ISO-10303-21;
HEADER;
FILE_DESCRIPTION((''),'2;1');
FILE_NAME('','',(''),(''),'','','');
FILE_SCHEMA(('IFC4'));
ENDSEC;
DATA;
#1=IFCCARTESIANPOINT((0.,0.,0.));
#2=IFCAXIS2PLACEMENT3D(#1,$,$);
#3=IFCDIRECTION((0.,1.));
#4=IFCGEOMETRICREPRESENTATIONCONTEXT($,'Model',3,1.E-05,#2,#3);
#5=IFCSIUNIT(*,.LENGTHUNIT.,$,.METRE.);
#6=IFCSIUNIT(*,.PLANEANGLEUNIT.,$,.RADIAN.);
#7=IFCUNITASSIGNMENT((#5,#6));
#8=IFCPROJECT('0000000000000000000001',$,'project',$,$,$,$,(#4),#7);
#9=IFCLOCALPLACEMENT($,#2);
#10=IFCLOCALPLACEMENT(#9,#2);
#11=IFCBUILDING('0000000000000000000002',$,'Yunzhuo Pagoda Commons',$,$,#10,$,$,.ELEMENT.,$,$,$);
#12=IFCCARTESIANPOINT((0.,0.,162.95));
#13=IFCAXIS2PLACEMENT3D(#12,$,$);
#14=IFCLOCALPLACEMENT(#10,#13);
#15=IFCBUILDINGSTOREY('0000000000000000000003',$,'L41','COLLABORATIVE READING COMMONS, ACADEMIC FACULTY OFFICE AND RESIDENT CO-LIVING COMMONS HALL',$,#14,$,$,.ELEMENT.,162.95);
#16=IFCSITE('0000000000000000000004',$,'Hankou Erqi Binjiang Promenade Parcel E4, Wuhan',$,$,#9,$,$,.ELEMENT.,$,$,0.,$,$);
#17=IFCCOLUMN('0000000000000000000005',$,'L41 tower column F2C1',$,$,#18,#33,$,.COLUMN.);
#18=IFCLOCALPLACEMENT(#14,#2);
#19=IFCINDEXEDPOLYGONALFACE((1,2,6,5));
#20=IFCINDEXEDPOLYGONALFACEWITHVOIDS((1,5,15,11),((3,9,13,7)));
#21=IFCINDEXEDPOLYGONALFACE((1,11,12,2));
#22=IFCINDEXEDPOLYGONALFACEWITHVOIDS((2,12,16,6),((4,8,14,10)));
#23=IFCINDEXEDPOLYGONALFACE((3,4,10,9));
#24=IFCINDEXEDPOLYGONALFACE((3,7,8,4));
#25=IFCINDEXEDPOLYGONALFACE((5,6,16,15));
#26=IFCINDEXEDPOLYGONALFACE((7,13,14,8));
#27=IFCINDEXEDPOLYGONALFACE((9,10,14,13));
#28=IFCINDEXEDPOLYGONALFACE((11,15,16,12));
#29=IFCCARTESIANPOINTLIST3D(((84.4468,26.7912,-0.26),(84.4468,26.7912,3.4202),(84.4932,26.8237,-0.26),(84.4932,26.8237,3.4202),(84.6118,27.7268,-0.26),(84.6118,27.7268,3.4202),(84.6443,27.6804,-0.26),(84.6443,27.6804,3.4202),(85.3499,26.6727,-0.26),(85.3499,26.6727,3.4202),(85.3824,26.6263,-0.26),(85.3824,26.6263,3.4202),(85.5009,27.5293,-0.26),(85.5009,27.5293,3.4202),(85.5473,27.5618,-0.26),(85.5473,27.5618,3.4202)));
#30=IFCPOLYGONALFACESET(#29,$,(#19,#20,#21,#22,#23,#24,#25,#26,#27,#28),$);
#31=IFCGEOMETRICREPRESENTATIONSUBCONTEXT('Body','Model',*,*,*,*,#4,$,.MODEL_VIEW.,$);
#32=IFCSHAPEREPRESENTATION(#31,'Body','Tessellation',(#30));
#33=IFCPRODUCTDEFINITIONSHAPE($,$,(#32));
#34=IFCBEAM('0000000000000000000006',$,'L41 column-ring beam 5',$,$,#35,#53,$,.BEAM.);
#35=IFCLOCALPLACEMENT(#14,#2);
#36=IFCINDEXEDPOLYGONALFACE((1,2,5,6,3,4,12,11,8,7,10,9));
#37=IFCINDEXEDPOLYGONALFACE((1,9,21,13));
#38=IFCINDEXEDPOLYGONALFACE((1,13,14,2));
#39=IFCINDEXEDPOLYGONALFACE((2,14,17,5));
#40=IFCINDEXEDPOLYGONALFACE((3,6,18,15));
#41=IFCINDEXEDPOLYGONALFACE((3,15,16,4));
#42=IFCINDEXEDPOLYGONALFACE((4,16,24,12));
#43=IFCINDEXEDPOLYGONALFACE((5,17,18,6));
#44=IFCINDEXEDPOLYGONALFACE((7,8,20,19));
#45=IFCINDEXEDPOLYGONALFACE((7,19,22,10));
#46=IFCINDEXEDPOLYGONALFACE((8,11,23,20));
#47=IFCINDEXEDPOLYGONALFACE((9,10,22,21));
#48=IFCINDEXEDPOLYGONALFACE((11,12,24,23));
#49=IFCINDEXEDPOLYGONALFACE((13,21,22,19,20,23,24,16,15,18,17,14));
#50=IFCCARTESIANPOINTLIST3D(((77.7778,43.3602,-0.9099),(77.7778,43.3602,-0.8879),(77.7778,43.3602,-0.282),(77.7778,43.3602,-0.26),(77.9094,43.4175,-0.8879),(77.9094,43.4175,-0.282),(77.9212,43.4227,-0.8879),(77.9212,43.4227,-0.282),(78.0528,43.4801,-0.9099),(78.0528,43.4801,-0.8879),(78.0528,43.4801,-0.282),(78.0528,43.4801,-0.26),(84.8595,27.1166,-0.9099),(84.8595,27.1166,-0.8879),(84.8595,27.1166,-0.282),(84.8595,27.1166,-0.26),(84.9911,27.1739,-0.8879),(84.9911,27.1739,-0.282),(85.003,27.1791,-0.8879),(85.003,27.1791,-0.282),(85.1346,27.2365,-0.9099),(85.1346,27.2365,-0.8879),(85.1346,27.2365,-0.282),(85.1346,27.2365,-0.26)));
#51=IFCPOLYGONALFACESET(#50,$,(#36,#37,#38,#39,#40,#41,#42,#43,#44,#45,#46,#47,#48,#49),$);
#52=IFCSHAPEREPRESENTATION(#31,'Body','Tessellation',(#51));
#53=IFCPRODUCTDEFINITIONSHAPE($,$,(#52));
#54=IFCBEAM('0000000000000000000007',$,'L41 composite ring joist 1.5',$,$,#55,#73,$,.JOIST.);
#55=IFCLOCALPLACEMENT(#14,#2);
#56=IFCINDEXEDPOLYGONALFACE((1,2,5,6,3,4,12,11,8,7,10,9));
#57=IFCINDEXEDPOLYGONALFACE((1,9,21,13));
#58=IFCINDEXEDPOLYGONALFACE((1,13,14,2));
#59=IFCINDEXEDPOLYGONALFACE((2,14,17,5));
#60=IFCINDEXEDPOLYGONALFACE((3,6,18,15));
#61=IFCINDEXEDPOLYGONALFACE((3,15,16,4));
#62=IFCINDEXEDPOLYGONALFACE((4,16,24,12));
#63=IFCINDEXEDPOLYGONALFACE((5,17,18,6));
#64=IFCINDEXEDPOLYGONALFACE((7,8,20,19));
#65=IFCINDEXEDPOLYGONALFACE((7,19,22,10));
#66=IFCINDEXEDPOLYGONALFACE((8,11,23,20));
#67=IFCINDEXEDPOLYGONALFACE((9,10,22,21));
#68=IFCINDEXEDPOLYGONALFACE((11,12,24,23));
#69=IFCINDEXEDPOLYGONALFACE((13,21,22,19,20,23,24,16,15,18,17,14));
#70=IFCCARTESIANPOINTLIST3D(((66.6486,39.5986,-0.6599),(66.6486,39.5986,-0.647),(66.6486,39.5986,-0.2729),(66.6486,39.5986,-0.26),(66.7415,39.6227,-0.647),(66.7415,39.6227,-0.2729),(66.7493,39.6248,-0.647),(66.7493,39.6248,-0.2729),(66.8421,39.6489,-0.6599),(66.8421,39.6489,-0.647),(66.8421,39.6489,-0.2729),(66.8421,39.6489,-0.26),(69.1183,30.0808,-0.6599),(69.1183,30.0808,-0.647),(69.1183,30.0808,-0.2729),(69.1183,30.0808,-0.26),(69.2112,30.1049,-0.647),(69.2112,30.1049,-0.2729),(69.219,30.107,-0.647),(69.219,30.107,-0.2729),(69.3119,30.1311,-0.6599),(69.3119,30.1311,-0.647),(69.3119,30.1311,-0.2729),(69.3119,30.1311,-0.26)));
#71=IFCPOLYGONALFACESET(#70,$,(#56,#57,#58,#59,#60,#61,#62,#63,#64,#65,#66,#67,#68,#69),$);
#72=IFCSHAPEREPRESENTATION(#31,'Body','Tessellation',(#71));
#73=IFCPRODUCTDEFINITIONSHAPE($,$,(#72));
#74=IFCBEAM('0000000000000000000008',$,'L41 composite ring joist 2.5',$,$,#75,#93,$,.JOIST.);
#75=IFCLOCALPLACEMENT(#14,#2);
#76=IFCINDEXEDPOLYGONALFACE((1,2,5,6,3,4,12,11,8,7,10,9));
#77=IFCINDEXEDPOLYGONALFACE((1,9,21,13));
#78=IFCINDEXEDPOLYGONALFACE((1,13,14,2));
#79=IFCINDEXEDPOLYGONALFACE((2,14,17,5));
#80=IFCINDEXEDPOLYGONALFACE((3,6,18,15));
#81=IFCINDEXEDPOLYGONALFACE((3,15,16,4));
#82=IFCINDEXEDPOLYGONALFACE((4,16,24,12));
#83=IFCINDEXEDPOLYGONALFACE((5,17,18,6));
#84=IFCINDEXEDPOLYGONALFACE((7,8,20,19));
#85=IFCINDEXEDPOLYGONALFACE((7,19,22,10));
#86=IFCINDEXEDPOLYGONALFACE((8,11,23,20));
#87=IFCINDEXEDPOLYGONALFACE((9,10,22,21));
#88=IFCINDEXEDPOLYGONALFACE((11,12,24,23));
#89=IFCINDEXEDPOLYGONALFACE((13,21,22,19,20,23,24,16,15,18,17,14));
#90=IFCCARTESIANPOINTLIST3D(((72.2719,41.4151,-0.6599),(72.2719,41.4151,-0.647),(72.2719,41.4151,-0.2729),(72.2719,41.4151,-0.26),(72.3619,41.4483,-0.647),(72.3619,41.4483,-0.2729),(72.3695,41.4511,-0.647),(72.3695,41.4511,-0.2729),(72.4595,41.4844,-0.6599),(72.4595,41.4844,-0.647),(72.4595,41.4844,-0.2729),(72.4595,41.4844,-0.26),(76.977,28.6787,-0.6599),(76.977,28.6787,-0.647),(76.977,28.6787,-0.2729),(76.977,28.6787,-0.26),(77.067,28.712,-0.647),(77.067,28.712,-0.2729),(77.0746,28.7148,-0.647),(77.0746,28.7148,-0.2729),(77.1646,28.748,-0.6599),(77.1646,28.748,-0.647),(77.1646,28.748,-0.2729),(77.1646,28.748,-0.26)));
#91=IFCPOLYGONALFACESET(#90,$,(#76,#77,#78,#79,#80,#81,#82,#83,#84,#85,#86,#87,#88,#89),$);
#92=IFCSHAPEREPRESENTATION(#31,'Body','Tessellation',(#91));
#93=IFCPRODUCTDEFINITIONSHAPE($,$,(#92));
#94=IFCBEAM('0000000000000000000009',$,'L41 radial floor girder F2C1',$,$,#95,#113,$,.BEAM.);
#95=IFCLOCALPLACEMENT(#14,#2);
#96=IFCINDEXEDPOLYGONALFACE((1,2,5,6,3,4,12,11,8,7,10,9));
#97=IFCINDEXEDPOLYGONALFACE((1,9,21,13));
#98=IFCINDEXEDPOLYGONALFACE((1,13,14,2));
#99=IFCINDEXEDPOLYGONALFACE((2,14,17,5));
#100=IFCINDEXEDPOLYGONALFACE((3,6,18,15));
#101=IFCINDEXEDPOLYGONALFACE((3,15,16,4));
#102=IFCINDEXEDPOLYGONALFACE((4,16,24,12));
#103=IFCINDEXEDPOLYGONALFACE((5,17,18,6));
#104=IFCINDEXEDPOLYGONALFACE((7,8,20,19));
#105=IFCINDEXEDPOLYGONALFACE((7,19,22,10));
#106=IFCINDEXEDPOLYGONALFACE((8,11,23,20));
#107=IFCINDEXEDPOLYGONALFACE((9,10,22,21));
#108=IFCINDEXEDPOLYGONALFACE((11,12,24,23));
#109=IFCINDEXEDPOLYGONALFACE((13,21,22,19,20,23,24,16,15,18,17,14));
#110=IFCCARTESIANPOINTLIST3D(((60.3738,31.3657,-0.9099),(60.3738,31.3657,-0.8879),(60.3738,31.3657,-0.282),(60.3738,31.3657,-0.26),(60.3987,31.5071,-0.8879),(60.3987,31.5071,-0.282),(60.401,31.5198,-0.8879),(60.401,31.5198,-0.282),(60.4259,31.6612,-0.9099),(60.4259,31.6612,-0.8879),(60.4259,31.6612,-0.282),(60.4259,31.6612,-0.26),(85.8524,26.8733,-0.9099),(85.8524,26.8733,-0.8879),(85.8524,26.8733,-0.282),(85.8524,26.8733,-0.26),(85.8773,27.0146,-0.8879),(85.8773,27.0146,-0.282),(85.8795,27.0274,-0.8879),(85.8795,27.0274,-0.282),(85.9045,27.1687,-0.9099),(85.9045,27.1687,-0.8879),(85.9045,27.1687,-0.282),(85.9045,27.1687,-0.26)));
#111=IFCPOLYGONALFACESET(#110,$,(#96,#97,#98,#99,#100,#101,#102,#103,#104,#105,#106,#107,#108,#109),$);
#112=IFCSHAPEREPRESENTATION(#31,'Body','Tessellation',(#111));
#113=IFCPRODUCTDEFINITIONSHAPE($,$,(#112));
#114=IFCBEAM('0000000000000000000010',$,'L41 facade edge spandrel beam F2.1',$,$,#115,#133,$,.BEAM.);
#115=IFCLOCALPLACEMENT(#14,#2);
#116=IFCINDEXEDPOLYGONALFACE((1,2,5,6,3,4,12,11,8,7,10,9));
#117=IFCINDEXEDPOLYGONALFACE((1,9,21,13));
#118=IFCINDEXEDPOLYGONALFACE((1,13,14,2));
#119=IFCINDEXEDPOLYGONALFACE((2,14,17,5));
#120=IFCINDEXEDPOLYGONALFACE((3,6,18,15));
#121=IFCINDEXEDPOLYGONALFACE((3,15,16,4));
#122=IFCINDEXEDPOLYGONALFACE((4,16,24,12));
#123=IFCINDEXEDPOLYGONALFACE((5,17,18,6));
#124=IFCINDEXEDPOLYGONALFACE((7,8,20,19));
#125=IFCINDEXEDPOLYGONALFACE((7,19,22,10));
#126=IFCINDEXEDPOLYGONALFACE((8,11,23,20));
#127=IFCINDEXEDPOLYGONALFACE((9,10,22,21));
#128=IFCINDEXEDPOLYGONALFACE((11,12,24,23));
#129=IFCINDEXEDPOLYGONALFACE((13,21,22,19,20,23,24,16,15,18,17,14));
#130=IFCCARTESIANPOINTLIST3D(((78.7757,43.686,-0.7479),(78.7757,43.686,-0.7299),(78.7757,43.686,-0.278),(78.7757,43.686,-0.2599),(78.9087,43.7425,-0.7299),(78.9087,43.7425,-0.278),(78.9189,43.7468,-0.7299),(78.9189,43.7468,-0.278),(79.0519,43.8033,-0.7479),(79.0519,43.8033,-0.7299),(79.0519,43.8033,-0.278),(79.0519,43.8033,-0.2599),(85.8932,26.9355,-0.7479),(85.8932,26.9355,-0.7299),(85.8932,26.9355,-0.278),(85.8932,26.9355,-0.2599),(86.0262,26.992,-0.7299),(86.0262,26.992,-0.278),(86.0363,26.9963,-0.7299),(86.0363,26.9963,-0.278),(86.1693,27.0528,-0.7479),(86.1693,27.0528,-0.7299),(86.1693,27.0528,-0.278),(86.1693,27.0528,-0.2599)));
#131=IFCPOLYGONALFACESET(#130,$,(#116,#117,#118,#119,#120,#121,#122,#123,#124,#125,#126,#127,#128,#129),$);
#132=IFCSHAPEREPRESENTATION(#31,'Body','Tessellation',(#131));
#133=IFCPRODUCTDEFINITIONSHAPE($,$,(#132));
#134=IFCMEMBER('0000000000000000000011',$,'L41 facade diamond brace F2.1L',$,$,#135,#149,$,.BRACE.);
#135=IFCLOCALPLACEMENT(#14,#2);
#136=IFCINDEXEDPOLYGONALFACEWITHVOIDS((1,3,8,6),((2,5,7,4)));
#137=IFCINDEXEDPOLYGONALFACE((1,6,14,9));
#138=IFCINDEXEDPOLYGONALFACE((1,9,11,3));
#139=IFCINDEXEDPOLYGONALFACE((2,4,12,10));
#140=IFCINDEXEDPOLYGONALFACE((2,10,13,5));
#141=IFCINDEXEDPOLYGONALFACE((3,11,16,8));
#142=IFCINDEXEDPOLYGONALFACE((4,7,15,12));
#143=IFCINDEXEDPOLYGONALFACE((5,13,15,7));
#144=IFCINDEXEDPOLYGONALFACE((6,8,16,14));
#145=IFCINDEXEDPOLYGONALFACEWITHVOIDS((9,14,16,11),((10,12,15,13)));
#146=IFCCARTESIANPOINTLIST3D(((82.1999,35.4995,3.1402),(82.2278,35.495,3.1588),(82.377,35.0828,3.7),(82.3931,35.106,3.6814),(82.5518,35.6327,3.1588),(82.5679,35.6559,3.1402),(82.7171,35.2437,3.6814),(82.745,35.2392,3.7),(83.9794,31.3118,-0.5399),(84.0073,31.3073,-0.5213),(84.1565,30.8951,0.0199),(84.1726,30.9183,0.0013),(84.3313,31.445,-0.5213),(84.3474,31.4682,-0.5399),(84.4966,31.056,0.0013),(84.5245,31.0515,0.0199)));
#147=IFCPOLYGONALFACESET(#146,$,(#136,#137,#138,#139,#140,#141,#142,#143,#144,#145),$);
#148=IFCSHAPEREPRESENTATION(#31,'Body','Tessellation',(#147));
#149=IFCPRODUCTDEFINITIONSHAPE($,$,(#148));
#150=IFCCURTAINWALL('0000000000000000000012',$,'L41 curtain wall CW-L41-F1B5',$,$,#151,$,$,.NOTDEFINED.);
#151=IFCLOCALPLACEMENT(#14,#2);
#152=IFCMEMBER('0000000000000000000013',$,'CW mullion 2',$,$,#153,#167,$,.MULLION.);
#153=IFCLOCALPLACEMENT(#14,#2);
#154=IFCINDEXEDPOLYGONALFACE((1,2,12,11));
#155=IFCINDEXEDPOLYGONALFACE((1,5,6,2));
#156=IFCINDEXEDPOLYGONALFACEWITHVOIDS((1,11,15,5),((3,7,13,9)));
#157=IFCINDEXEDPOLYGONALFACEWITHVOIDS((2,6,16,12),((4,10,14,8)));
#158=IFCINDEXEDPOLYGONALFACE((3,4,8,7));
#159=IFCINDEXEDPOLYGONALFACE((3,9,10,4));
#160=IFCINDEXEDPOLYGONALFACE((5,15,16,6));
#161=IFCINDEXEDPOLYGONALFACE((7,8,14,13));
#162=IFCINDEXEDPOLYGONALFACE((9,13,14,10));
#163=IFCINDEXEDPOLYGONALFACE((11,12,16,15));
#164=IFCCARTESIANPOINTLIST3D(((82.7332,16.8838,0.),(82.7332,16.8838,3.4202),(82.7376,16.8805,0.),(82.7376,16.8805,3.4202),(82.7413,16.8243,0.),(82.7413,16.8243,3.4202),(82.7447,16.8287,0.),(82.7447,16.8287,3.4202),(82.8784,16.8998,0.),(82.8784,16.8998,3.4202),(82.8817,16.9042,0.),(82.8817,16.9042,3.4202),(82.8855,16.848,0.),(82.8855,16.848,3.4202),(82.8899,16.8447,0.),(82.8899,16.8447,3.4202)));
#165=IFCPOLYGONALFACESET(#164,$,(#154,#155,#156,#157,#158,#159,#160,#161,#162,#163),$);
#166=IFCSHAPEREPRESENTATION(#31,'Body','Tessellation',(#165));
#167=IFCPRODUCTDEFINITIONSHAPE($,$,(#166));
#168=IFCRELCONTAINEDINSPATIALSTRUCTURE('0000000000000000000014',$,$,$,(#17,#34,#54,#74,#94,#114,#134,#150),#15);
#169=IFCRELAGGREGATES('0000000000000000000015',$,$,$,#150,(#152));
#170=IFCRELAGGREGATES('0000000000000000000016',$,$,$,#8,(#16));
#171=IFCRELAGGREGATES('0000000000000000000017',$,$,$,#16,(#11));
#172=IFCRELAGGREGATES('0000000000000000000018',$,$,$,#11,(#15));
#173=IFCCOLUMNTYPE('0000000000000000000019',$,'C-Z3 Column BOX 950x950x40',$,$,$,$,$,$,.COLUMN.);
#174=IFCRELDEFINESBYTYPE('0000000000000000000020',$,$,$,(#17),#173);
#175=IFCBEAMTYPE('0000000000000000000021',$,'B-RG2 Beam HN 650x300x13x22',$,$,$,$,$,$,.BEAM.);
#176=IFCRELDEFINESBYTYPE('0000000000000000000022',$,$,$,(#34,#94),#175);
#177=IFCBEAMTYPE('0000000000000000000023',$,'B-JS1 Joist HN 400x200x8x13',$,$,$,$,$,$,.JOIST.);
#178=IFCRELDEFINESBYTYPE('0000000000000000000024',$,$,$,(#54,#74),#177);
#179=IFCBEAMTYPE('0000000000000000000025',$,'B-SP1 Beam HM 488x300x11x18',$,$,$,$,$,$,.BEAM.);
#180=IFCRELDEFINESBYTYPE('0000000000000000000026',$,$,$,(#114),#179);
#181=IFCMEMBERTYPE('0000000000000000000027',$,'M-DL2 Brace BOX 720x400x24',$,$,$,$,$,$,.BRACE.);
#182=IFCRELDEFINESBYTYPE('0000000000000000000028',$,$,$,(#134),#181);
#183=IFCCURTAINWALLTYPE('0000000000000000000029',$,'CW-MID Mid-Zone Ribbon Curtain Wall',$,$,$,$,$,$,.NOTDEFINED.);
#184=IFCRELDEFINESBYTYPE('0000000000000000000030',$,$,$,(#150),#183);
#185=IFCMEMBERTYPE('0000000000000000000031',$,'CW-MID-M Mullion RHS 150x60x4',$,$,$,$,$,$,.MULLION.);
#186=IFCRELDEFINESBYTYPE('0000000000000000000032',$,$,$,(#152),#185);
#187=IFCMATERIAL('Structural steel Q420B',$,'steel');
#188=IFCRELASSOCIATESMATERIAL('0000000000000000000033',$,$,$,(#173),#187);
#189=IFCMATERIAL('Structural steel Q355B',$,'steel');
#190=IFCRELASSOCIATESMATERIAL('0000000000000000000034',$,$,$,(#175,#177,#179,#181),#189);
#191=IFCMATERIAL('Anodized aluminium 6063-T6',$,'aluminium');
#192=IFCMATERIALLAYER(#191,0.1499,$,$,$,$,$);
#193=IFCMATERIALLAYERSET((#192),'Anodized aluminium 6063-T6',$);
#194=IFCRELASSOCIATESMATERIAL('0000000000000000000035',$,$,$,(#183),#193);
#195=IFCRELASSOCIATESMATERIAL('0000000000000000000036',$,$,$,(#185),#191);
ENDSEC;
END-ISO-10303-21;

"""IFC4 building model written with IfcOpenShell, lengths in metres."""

from ifc_helpers import new_model, si_unit, direction, frame, origin, origin_2d, place, context, subcontext, project, spatial, hollow_rectangle, i_section, extrude, source, transform, mapped, material, layer, layer_set, material_profile, profile_set, type_object, element, aggregate, save


model = new_model("IFC4")

# Units and contexts
model_context = context("Model", 3, precision=1e-05, world=origin(), true_north=direction((0.0, 1.0)))
body_context = subcontext(model_context, "Body", "Model", "MODEL_VIEW")
ifc_project = project(units=[si_unit("LENGTHUNIT", "METRE"), si_unit("PLANEANGLEUNIT", "RADIAN")], contexts=[model_context])

# Site, building, storey
site_placement = place(None, origin())
site = spatial("IfcSite", under=ifc_project, at=site_placement, Name="Hankou Erqi Binjiang Promenade Parcel E4, Wuhan", CompositionType="ELEMENT", RefElevation=0.0)
building_placement = place(site_placement, origin())
building = spatial("IfcBuilding", under=site, at=building_placement, Name="Yunzhuo Pagoda Commons", CompositionType="ELEMENT")
storey_placement = place(building_placement, frame((0.0, 0.0, 162.95)))
storey = spatial("IfcBuildingStorey", under=building, at=storey_placement, Name="L41", Description="COLLABORATIVE READING COMMONS, ACADEMIC FACULTY OFFICE AND RESIDENT CO-LIVING COMMONS HALL", CompositionType="ELEMENT", Elevation=162.95)

# Column
ifc_material_1 = material(Name="Structural steel Q420B", Category="steel")
ifc_material_profile_1 = material_profile(ifc_material_1, hollow_rectangle(XDim=0.95, YDim=0.95, WallThickness=0.04, at=origin_2d()), Name="Structural steel Q420B")
ifc_profile_set_1 = profile_set([ifc_material_profile_1], Name="Structural steel Q420B")
column_type = type_object("IfcColumnType", Name="C-Z3 Column BOX 950x950x40", PredefinedType="COLUMN", material=ifc_profile_set_1)
shared_shape_1 = source(origin(), body_context, "Body", "SweptSolid", [
    extrude(hollow_rectangle(XDim=0.95, YDim=0.95, WallThickness=0.04, at=origin_2d()), origin(), (0.0, 0.0, 1.0), 3.6802),
])
column_placement = place(storey_placement, frame((84.9971, 27.1765, -0.26), z_axis=(0.0, 0.0, 1.0), x_axis=(0.173648, 0.984808, 0.0)))
element("IfcColumn", 1, at=column_placement, inside=storey, type_object=column_type, Name="L41 tower column F2C1", PredefinedType="COLUMN", context=body_context, shape_type="MappedRepresentation", body=[
    mapped(shared_shape_1, transform((0.0, 0.0, 0.0), scale=1.0)),
])

# Beams
ifc_material_2 = material(Name="Structural steel Q355B", Category="steel")
ifc_material_profile_2 = material_profile(ifc_material_2, i_section(OverallWidth=0.3, OverallDepth=0.6499, WebThickness=0.0129, FlangeThickness=0.022, at=origin_2d()), Name="Structural steel Q355B")
ifc_profile_set_2 = profile_set([ifc_material_profile_2], Name="Structural steel Q355B")
beam_type_1 = type_object("IfcBeamType", Name="B-RG2 Beam HN 650x300x13x22", PredefinedType="BEAM", material=ifc_profile_set_2)
shared_shape_2 = source(origin(), body_context, "Body", "SweptSolid", [
    extrude(i_section(OverallWidth=0.3, OverallDepth=0.6499, WebThickness=0.0129, FlangeThickness=0.022, at=origin_2d()), origin(), (0.0, 0.0, 1.0), 17.7202),
])
beam_1_placement = place(storey_placement, frame((84.9971, 27.1765, -0.585), z_axis=(-0.399643, 0.916671, 0.0), x_axis=(-0.916671, -0.399643, 0.0)))
element("IfcBeam", 2, at=beam_1_placement, inside=storey, type_object=beam_type_1, Name="L41 column-ring beam 5", PredefinedType="BEAM", context=body_context, shape_type="MappedRepresentation", body=[
    mapped(shared_shape_2, transform((0.0, 0.0, 0.0), scale=1.0)),
])
ifc_material_profile_3 = material_profile(ifc_material_2, i_section(OverallWidth=0.2, OverallDepth=0.3999, WebThickness=0.0081, FlangeThickness=0.0129, at=origin_2d()), Name="Structural steel Q355B")
ifc_profile_set_3 = profile_set([ifc_material_profile_3], Name="Structural steel Q355B")
beam_type_2 = type_object("IfcBeamType", Name="B-JS1 Joist HN 400x200x8x13", PredefinedType="JOIST", material=ifc_profile_set_3)
shared_shape_3 = source(origin(), body_context, "Body", "SweptSolid", [
    extrude(i_section(OverallWidth=0.2, OverallDepth=0.3999, WebThickness=0.0081, FlangeThickness=0.0129, at=origin_2d()), origin(), (0.0, 0.0, 1.0), 9.833),
])
beam_2_placement = place(storey_placement, frame((69.2151, 30.106, -0.46), z_axis=(-0.251166, 0.967944, 0.0), x_axis=(-0.967944, -0.251166, 0.0)))
element("IfcBeam", 3, at=beam_2_placement, inside=storey, type_object=beam_type_2, Name="L41 composite ring joist 1.5", PredefinedType="JOIST", context=body_context, shape_type="MappedRepresentation", body=[
    mapped(shared_shape_3, transform((0.0, 0.0, 0.0), scale=1.0)),
])
shared_shape_4 = source(origin(), body_context, "Body", "SweptSolid", [
    extrude(i_section(OverallWidth=0.2, OverallDepth=0.3999, WebThickness=0.0081, FlangeThickness=0.0129, at=origin_2d()), origin(), (0.0, 0.0, 1.0), 13.5776),
])
beam_3_placement = place(storey_placement, frame((77.0708, 28.7134, -0.46), z_axis=(-0.346532, 0.938038, 0.0), x_axis=(-0.938038, -0.346532, 0.0)))
element("IfcBeam", 4, at=beam_3_placement, inside=storey, type_object=beam_type_2, Name="L41 composite ring joist 2.5", PredefinedType="JOIST", context=body_context, shape_type="MappedRepresentation", body=[
    mapped(shared_shape_4, transform((0.0, 0.0, 0.0), scale=1.0)),
])
shared_shape_5 = source(origin(), body_context, "Body", "SweptSolid", [
    extrude(i_section(OverallWidth=0.3, OverallDepth=0.6499, WebThickness=0.0129, FlangeThickness=0.022, at=origin_2d()), origin(), (0.0, 0.0, 1.0), 25.8716),
])
beam_4_placement = place(storey_placement, frame((85.8784, 27.021, -0.585), z_axis=(-0.984809, 0.173644, 0.0), x_axis=(-0.173644, -0.984809, 0.0)))
element("IfcBeam", 5, at=beam_4_placement, inside=storey, type_object=beam_type_1, Name="L41 radial floor girder F2C1", PredefinedType="BEAM", context=body_context, shape_type="MappedRepresentation", body=[
    mapped(shared_shape_5, transform((0.0, 0.0, 0.0), scale=1.0)),
])
ifc_material_profile_4 = material_profile(ifc_material_2, i_section(OverallWidth=0.3, OverallDepth=0.488, WebThickness=0.011, FlangeThickness=0.0181, at=origin_2d()), Name="Structural steel Q355B")
ifc_profile_set_4 = profile_set([ifc_material_profile_4], Name="Structural steel Q355B")
beam_type_3 = type_object("IfcBeamType", Name="B-SP1 Beam HM 488x300x11x18", PredefinedType="BEAM", material=ifc_profile_set_4)
shared_shape_6 = source(origin(), body_context, "Body", "SweptSolid", [
    extrude(i_section(OverallWidth=0.3, OverallDepth=0.488, WebThickness=0.011, FlangeThickness=0.0181, at=origin_2d()), origin(), (0.0, 0.0, 1.0), 18.2),
])
beam_5_placement = place(storey_placement, frame((86.0312, 26.9941, -0.5039), z_axis=(-0.39107, 0.920361, 0.0), x_axis=(-0.920361, -0.39107, 0.0)))
element("IfcBeam", 6, at=beam_5_placement, inside=storey, type_object=beam_type_3, Name="L41 facade edge spandrel beam F2.1", PredefinedType="BEAM", context=body_context, shape_type="MappedRepresentation", body=[
    mapped(shared_shape_6, transform((0.0, 0.0, 0.0), scale=1.0)),
])

# Member
ifc_material_profile_5 = material_profile(ifc_material_2, hollow_rectangle(XDim=0.3999, YDim=0.72, WallThickness=0.0239, at=origin_2d()), Name="Structural steel Q355B")
ifc_profile_set_5 = profile_set([ifc_material_profile_5], Name="Structural steel Q355B")
member_type_1 = type_object("IfcMemberType", Name="M-DL2 Brace BOX 720x400x24", PredefinedType="BRACE", material=ifc_profile_set_5)
shared_shape_7 = source(origin(), body_context, "Body", "SweptSolid", [
    extrude(hollow_rectangle(XDim=0.3999, YDim=0.72, WallThickness=0.0239, at=origin_2d()), origin(), (0.0, 0.0, 1.0), 5.8521),
])
member_1_placement = place(storey_placement, frame((84.252, 31.1816, -0.26), z_axis=(-0.304083, 0.715591, 0.628859), x_axis=(-0.920351, -0.391094, 0.0)))
element("IfcMember", 7, at=member_1_placement, inside=storey, type_object=member_type_1, Name="L41 facade diamond brace F2.1L", PredefinedType="BRACE", context=body_context, shape_type="MappedRepresentation", body=[
    mapped(shared_shape_7, transform((0.0, 0.0, 0.0), scale=1.0)),
])

# Curtain wall, member
ifc_material_3 = material(Name="Anodized aluminium 6063-T6", Category="aluminium")
ifc_layer_1 = layer(ifc_material_3, 0.1499)
ifc_layer_set_1 = layer_set([ifc_layer_1], Name="Anodized aluminium 6063-T6")
curtain_wall_type = type_object("IfcCurtainWallType", Name="CW-MID Mid-Zone Ribbon Curtain Wall", PredefinedType="NOTDEFINED", material=ifc_layer_set_1)
curtain_wall_1_placement = place(storey_placement, origin())
curtain_wall_1 = element("IfcCurtainWall", 8, at=curtain_wall_1_placement, inside=storey, type_object=curtain_wall_type, Name="L41 curtain wall CW-L41-F1B5", PredefinedType="NOTDEFINED")
ifc_material_profile_6 = material_profile(ifc_material_3, hollow_rectangle(XDim=0.0601, YDim=0.1499, WallThickness=0.0039, at=origin_2d()), Name="Anodized aluminium 6063-T6")
ifc_profile_set_6 = profile_set([ifc_material_profile_6], Name="Anodized aluminium 6063-T6")
member_type_2 = type_object("IfcMemberType", Name="CW-MID-M Mullion RHS 150x60x4", PredefinedType="MULLION", material=ifc_profile_set_6)
shared_shape_8 = source(origin(), body_context, "Body", "SweptSolid", [
    extrude(hollow_rectangle(XDim=0.0601, YDim=0.1499, WallThickness=0.0039, at=origin_2d()), origin(), (0.0, 0.0, 1.0), 3.4202),
])
member_2_placement = place(storey_placement, frame((82.8115, 16.8643, 0.0), z_axis=(0.0, 0.0, 1.0), x_axis=(-0.135767, 0.990741, 0.0)))
member_2 = element("IfcMember", 9, at=member_2_placement, type_object=member_type_2, Name="CW mullion 2", PredefinedType="MULLION", context=body_context, shape_type="MappedRepresentation", body=[
    mapped(shared_shape_8, transform((0.0, 0.0, 0.0), scale=1.0)),
])

aggregate(curtain_wall_1, [member_2])

save(model, "model.ifc")
